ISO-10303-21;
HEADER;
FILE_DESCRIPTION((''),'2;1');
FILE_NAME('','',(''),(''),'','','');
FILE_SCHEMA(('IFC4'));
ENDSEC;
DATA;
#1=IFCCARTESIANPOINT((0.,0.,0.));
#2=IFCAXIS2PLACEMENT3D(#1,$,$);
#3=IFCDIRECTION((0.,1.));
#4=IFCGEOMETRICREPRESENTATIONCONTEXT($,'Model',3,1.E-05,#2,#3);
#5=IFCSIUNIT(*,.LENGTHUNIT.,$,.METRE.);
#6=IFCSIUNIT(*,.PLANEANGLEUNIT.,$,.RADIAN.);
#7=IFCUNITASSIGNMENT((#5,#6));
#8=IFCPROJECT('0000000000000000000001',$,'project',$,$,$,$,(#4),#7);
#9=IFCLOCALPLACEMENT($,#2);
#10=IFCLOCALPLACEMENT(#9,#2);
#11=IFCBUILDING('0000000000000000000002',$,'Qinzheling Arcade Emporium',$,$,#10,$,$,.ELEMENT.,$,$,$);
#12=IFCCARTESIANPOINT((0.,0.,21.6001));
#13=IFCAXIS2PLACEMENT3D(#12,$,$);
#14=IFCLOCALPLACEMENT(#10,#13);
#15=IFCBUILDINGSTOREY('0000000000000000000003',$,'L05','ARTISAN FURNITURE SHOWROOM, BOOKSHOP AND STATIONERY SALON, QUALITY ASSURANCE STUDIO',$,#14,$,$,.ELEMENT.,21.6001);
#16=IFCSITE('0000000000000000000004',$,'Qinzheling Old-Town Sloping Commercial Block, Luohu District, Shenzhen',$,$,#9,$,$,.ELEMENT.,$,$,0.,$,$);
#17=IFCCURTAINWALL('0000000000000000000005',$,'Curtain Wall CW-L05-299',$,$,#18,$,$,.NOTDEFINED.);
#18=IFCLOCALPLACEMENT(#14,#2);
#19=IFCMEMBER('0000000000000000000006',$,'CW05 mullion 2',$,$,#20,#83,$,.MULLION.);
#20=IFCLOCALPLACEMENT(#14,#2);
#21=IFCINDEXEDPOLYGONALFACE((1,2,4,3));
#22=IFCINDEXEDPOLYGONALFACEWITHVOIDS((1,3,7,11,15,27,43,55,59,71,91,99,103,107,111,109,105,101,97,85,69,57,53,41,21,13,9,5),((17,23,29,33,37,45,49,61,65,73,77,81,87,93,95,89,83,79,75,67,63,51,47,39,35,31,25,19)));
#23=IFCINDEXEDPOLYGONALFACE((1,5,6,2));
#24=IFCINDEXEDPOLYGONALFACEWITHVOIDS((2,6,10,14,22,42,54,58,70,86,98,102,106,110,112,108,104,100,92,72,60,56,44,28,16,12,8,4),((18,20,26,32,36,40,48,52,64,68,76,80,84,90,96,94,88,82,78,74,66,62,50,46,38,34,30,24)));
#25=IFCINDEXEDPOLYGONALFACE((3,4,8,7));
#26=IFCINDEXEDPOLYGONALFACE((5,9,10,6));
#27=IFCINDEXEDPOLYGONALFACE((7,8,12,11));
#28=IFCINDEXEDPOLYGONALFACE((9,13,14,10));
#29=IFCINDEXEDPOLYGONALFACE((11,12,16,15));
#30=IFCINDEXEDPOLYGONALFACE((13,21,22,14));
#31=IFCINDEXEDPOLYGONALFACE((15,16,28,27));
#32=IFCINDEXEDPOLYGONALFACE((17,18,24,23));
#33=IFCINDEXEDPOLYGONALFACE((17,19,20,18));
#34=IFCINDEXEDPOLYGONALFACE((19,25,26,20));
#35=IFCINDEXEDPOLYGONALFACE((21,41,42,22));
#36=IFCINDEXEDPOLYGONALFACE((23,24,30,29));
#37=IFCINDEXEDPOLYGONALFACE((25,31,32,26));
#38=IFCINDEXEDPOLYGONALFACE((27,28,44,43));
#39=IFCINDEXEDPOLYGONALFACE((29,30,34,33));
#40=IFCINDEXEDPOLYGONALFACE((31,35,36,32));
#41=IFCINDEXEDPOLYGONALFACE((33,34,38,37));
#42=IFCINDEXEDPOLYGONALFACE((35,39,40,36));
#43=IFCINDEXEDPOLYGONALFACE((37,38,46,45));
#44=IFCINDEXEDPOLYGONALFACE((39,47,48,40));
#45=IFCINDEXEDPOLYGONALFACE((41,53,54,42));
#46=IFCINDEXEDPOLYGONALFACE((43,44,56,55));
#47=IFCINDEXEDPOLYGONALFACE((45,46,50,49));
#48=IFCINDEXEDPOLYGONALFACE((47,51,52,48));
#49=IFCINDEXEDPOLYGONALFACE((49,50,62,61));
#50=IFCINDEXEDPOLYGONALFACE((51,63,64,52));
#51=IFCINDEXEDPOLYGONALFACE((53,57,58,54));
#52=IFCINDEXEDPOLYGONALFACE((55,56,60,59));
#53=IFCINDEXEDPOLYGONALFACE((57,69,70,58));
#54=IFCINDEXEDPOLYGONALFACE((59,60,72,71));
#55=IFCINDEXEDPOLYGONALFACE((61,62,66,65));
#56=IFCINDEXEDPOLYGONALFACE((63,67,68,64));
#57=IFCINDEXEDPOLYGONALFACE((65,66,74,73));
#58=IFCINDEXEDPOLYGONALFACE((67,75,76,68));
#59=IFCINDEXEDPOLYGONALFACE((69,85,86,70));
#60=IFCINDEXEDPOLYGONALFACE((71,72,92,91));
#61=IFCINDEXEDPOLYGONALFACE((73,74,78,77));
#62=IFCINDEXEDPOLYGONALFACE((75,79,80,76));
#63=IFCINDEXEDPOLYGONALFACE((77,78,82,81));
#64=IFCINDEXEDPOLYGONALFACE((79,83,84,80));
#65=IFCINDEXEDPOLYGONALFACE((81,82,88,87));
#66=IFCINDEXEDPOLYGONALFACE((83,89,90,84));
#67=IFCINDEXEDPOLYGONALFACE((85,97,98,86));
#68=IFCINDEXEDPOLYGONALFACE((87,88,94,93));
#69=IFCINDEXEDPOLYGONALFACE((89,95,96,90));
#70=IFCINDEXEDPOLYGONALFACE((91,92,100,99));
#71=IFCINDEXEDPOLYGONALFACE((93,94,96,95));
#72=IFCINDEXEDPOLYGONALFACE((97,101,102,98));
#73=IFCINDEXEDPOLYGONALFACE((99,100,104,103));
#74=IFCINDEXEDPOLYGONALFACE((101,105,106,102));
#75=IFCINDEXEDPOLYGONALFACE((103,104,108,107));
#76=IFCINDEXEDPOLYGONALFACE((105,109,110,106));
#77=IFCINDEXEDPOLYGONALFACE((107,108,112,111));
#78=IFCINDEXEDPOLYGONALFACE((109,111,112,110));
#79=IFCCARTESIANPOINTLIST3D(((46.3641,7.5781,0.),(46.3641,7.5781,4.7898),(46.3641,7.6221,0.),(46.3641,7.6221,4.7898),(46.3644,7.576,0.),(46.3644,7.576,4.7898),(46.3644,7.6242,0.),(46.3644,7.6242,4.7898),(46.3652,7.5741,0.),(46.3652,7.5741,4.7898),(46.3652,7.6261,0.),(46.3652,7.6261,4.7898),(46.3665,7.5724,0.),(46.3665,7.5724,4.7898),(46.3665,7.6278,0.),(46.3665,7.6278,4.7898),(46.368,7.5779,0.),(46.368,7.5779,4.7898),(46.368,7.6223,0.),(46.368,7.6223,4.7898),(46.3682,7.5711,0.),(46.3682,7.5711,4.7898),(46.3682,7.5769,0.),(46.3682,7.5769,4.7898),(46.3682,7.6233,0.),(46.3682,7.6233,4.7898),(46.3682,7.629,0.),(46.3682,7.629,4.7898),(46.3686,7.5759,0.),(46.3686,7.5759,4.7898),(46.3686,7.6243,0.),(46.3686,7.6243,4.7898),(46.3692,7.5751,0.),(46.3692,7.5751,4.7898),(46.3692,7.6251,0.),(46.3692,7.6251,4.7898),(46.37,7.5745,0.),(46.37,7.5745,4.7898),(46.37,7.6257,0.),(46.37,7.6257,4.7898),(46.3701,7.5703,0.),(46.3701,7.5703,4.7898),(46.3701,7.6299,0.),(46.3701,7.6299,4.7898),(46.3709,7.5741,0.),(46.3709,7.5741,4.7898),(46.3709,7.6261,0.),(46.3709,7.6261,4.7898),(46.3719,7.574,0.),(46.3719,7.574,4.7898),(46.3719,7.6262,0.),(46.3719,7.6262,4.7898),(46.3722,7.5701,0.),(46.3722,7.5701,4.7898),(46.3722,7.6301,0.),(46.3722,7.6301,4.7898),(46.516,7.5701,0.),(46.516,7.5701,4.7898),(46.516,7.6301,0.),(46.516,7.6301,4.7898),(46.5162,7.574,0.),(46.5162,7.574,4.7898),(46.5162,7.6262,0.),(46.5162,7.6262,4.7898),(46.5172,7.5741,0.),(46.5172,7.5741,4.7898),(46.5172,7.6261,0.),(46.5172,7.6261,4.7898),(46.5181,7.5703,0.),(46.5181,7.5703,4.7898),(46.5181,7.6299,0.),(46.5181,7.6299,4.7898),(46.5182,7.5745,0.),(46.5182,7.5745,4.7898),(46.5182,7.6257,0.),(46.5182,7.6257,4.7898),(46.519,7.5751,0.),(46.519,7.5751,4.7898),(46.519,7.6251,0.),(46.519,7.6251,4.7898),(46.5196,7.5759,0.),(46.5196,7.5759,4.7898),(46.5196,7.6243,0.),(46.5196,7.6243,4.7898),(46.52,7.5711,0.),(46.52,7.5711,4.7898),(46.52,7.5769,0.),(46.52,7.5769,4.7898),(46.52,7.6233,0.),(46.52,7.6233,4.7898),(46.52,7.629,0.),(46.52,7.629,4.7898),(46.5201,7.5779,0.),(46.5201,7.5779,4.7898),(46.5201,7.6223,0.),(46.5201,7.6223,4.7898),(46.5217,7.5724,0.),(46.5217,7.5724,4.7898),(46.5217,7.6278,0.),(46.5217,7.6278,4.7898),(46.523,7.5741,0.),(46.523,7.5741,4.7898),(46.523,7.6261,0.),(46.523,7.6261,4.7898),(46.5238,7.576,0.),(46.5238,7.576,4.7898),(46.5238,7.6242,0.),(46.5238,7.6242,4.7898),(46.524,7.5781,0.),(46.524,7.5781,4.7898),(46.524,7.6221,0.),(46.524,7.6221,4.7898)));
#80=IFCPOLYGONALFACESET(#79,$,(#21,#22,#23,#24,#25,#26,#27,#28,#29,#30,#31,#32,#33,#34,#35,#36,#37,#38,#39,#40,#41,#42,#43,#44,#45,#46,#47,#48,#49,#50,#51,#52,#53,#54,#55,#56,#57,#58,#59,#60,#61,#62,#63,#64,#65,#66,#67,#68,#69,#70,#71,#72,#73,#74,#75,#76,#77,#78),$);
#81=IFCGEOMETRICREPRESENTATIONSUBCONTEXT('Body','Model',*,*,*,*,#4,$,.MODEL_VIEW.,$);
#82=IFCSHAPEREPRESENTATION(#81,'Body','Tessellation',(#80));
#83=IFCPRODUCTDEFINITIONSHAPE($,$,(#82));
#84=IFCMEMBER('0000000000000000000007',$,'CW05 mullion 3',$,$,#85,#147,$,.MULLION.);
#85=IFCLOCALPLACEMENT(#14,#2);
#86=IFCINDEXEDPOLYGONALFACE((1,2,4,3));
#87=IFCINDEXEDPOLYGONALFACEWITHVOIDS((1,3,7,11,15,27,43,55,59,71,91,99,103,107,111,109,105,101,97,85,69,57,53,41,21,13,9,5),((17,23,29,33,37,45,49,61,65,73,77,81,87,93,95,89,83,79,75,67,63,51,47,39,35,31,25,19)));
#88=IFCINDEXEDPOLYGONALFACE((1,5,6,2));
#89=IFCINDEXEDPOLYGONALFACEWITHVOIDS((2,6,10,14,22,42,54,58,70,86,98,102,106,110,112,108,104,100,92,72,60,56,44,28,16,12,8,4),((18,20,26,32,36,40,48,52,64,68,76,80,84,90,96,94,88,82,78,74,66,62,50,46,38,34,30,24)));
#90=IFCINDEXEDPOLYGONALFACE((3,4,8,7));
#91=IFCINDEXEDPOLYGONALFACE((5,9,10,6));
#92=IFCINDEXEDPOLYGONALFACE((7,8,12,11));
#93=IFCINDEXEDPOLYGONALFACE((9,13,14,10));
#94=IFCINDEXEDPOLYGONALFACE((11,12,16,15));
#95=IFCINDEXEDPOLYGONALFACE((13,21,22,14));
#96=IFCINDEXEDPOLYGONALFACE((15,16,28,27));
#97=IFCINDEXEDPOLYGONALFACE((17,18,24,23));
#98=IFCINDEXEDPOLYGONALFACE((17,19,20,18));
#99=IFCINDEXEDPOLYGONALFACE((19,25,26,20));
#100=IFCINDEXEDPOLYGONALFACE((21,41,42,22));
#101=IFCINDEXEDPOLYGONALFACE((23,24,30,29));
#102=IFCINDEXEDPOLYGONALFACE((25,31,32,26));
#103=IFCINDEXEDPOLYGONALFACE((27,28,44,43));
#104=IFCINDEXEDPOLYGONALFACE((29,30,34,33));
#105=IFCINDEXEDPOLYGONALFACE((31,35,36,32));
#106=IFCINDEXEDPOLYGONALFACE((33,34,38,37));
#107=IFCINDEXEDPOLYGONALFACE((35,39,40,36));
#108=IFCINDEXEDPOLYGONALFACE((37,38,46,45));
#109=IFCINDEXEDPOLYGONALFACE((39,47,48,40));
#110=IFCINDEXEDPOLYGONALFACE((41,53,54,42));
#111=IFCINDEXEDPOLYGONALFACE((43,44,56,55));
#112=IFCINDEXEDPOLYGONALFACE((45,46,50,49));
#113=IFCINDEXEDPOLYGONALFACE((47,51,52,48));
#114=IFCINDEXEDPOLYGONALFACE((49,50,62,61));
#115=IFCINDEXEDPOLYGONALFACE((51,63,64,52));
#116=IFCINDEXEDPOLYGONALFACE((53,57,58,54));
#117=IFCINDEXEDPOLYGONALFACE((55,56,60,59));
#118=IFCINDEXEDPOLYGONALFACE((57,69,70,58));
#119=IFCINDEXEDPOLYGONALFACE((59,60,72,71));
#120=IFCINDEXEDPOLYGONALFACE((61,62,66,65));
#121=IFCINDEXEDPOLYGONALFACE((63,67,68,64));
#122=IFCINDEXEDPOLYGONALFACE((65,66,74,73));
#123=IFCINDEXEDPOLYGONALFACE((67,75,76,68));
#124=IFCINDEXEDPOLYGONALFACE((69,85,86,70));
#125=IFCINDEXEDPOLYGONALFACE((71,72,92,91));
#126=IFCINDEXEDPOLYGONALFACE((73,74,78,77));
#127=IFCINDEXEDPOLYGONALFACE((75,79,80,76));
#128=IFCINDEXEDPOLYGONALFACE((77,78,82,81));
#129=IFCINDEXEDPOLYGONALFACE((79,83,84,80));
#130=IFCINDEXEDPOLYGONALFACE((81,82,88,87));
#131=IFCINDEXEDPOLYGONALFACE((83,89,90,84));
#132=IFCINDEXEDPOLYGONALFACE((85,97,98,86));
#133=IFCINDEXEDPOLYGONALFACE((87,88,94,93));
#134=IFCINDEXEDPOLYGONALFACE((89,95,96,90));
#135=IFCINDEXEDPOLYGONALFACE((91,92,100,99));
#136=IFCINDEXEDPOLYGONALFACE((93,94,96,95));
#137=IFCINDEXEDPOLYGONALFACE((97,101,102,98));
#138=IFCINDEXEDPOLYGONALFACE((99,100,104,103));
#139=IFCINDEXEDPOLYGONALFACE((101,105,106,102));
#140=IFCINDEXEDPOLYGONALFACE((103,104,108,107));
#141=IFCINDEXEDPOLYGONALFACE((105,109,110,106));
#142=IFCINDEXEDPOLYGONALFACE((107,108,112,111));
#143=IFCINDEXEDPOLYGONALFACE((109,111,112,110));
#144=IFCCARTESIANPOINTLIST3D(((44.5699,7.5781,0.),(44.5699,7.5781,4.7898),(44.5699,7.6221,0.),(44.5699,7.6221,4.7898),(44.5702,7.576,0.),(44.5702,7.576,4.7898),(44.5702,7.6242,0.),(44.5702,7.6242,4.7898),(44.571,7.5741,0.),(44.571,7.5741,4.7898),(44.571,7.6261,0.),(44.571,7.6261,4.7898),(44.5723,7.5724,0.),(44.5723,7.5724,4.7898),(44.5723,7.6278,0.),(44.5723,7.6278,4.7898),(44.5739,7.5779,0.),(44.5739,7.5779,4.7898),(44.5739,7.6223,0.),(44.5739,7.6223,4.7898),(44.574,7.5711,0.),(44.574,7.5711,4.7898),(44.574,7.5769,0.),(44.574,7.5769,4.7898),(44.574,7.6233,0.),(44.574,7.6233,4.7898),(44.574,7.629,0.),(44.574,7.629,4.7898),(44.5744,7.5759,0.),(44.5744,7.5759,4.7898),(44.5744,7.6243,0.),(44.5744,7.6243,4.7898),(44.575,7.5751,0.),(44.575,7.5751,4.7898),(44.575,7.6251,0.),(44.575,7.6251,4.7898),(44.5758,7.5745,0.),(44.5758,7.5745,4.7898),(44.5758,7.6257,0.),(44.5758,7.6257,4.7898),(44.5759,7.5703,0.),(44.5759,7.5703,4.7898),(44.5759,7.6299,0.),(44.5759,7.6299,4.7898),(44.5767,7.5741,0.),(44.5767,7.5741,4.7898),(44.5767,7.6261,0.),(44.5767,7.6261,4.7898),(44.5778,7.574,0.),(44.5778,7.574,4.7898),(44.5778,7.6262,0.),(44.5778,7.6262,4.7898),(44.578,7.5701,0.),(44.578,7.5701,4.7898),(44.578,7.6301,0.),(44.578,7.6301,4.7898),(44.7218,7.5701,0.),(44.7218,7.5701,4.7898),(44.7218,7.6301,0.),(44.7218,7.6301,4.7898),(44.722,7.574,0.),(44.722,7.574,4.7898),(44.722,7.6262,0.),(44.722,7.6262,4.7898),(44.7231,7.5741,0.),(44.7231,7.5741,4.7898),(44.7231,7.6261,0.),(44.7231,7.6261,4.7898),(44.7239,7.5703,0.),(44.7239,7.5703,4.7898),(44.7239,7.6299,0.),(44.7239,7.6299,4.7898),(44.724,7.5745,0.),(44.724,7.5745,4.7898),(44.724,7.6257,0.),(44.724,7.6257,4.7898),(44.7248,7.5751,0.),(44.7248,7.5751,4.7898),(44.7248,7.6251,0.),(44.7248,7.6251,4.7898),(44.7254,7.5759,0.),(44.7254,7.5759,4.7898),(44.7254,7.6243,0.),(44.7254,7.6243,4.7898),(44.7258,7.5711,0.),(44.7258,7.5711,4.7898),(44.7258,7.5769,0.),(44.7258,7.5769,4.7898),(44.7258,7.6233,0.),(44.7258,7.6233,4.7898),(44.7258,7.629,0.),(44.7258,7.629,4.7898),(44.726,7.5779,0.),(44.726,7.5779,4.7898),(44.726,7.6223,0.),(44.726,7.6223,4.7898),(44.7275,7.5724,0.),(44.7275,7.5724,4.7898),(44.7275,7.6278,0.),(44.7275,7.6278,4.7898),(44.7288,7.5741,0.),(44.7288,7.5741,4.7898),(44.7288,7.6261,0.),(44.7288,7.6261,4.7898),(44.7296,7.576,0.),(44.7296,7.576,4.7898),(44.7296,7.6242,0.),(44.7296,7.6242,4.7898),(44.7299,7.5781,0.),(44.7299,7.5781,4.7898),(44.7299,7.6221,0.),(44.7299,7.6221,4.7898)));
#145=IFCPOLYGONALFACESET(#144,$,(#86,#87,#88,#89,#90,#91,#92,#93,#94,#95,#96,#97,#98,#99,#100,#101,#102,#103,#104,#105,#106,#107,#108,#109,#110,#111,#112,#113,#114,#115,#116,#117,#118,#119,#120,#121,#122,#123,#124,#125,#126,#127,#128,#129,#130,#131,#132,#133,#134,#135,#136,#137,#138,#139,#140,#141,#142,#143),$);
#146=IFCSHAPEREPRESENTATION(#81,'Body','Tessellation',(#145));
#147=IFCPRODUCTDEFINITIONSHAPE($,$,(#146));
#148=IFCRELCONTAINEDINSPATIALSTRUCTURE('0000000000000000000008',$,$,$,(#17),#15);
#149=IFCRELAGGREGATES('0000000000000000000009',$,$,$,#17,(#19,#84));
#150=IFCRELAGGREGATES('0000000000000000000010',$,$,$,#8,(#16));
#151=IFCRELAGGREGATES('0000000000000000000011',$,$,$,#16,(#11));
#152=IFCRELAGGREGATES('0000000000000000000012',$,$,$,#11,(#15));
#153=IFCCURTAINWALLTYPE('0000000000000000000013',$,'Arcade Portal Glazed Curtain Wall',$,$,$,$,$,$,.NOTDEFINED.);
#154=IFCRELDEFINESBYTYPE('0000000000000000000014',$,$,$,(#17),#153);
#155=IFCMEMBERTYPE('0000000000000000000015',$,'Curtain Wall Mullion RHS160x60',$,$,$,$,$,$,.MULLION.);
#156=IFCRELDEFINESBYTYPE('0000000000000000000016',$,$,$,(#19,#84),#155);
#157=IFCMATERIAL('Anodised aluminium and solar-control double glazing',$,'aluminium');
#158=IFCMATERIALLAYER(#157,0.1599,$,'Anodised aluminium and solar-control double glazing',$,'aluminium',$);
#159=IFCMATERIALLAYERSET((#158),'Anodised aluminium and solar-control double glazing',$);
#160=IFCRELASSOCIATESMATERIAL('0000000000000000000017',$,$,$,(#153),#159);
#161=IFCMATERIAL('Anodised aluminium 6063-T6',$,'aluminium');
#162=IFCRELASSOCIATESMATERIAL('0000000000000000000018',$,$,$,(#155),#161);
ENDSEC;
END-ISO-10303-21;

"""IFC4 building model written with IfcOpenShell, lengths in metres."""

from ifc_helpers import new_model, si_unit, direction, frame, origin, origin_2d, place, context, subcontext, project, spatial, hollow_rectangle, extrude, material, layer, layer_set, material_profile, profile_set, type_object, element, aggregate, save


model = new_model("IFC4")

# Units and contexts
model_context = context("Model", 3, precision=1e-05, world=origin(), true_north=direction((0.0, 1.0)))
body_context = subcontext(model_context, "Body", "Model", "MODEL_VIEW")
ifc_project = project(units=[si_unit("LENGTHUNIT", "METRE"), si_unit("PLANEANGLEUNIT", "RADIAN")], contexts=[model_context])

# Site, building, storey
site_placement = place(None, origin())
site = spatial("IfcSite", under=ifc_project, at=site_placement, Name="Qinzheling Old-Town Sloping Commercial Block, Luohu District, Shenzhen", CompositionType="ELEMENT", RefElevation=0.0)
building_placement = place(site_placement, origin())
building = spatial("IfcBuilding", under=site, at=building_placement, Name="Qinzheling Arcade Emporium", CompositionType="ELEMENT")
storey_placement = place(building_placement, frame((0.0, 0.0, 21.6001)))
storey = spatial("IfcBuildingStorey", under=building, at=storey_placement, Name="L05", Description="ARTISAN FURNITURE SHOWROOM, BOOKSHOP AND STATIONERY SALON, QUALITY ASSURANCE STUDIO", CompositionType="ELEMENT", Elevation=21.6001)

# Shared definitions
ifc_material_1 = material(Name="Anodised aluminium and solar-control double glazing", Category="aluminium")
ifc_layer_1 = layer(ifc_material_1, 0.1599, Name="Anodised aluminium and solar-control double glazing", Category="aluminium")
ifc_layer_set_1 = layer_set([ifc_layer_1], Name="Anodised aluminium and solar-control double glazing")
curtain_wall_type = type_object("IfcCurtainWallType", Name="Arcade Portal Glazed Curtain Wall", PredefinedType="NOTDEFINED", material=ifc_layer_set_1)
ifc_material_2 = material(Name="Anodised aluminium 6063-T6", Category="aluminium")
ifc_material_profile_1 = material_profile(ifc_material_2, hollow_rectangle(XDim=0.0601, YDim=0.1599, WallThickness=0.0039, InnerFilletRadius=0.0039, OuterFilletRadius=0.0081, at=origin_2d()), Name="RHS 160x60x4", Category="aluminium")
ifc_profile_set_1 = profile_set([ifc_material_profile_1], Name="Anodised aluminium 6063-T6")
member_type_1 = type_object("IfcMemberType", Name="Curtain Wall Mullion RHS160x60", PredefinedType="MULLION", material=ifc_profile_set_1)

# Curtain wall, members
curtain_wall_1_placement = place(storey_placement, origin())
curtain_wall_1 = element("IfcCurtainWall", 1, at=curtain_wall_1_placement, inside=storey, type_object=curtain_wall_type, Name="Curtain Wall CW-L05-299", PredefinedType="NOTDEFINED")
member_1_placement = place(storey_placement, frame((46.4441, 7.6001, 0.0), z_axis=(0.0, 0.0, 1.0), x_axis=(0.0, -1.0, 0.0)))
member_1 = element("IfcMember", 2, at=member_1_placement, type_object=member_type_1, Name="CW05 mullion 2", PredefinedType="MULLION", context=body_context, shape_type="SweptSolid", body=[
    extrude(hollow_rectangle(XDim=0.0601, YDim=0.1599, WallThickness=0.0039, InnerFilletRadius=0.0039, OuterFilletRadius=0.0081, at=origin_2d()), origin(), (0.0, 0.0, 1.0), 4.7898),
])
member_2_placement = place(storey_placement, frame((44.6499, 7.6001, 0.0), z_axis=(0.0, 0.0, 1.0), x_axis=(0.0, -1.0, 0.0)))
member_2 = element("IfcMember", 3, at=member_2_placement, type_object=member_type_1, Name="CW05 mullion 3", PredefinedType="MULLION", context=body_context, shape_type="SweptSolid", body=[
    extrude(hollow_rectangle(XDim=0.0601, YDim=0.1599, WallThickness=0.0039, InnerFilletRadius=0.0039, OuterFilletRadius=0.0081, at=origin_2d()), origin(), (0.0, 0.0, 1.0), 4.7898),
])

aggregate(curtain_wall_1, [member_1, member_2])

save(model, "model.ifc")
